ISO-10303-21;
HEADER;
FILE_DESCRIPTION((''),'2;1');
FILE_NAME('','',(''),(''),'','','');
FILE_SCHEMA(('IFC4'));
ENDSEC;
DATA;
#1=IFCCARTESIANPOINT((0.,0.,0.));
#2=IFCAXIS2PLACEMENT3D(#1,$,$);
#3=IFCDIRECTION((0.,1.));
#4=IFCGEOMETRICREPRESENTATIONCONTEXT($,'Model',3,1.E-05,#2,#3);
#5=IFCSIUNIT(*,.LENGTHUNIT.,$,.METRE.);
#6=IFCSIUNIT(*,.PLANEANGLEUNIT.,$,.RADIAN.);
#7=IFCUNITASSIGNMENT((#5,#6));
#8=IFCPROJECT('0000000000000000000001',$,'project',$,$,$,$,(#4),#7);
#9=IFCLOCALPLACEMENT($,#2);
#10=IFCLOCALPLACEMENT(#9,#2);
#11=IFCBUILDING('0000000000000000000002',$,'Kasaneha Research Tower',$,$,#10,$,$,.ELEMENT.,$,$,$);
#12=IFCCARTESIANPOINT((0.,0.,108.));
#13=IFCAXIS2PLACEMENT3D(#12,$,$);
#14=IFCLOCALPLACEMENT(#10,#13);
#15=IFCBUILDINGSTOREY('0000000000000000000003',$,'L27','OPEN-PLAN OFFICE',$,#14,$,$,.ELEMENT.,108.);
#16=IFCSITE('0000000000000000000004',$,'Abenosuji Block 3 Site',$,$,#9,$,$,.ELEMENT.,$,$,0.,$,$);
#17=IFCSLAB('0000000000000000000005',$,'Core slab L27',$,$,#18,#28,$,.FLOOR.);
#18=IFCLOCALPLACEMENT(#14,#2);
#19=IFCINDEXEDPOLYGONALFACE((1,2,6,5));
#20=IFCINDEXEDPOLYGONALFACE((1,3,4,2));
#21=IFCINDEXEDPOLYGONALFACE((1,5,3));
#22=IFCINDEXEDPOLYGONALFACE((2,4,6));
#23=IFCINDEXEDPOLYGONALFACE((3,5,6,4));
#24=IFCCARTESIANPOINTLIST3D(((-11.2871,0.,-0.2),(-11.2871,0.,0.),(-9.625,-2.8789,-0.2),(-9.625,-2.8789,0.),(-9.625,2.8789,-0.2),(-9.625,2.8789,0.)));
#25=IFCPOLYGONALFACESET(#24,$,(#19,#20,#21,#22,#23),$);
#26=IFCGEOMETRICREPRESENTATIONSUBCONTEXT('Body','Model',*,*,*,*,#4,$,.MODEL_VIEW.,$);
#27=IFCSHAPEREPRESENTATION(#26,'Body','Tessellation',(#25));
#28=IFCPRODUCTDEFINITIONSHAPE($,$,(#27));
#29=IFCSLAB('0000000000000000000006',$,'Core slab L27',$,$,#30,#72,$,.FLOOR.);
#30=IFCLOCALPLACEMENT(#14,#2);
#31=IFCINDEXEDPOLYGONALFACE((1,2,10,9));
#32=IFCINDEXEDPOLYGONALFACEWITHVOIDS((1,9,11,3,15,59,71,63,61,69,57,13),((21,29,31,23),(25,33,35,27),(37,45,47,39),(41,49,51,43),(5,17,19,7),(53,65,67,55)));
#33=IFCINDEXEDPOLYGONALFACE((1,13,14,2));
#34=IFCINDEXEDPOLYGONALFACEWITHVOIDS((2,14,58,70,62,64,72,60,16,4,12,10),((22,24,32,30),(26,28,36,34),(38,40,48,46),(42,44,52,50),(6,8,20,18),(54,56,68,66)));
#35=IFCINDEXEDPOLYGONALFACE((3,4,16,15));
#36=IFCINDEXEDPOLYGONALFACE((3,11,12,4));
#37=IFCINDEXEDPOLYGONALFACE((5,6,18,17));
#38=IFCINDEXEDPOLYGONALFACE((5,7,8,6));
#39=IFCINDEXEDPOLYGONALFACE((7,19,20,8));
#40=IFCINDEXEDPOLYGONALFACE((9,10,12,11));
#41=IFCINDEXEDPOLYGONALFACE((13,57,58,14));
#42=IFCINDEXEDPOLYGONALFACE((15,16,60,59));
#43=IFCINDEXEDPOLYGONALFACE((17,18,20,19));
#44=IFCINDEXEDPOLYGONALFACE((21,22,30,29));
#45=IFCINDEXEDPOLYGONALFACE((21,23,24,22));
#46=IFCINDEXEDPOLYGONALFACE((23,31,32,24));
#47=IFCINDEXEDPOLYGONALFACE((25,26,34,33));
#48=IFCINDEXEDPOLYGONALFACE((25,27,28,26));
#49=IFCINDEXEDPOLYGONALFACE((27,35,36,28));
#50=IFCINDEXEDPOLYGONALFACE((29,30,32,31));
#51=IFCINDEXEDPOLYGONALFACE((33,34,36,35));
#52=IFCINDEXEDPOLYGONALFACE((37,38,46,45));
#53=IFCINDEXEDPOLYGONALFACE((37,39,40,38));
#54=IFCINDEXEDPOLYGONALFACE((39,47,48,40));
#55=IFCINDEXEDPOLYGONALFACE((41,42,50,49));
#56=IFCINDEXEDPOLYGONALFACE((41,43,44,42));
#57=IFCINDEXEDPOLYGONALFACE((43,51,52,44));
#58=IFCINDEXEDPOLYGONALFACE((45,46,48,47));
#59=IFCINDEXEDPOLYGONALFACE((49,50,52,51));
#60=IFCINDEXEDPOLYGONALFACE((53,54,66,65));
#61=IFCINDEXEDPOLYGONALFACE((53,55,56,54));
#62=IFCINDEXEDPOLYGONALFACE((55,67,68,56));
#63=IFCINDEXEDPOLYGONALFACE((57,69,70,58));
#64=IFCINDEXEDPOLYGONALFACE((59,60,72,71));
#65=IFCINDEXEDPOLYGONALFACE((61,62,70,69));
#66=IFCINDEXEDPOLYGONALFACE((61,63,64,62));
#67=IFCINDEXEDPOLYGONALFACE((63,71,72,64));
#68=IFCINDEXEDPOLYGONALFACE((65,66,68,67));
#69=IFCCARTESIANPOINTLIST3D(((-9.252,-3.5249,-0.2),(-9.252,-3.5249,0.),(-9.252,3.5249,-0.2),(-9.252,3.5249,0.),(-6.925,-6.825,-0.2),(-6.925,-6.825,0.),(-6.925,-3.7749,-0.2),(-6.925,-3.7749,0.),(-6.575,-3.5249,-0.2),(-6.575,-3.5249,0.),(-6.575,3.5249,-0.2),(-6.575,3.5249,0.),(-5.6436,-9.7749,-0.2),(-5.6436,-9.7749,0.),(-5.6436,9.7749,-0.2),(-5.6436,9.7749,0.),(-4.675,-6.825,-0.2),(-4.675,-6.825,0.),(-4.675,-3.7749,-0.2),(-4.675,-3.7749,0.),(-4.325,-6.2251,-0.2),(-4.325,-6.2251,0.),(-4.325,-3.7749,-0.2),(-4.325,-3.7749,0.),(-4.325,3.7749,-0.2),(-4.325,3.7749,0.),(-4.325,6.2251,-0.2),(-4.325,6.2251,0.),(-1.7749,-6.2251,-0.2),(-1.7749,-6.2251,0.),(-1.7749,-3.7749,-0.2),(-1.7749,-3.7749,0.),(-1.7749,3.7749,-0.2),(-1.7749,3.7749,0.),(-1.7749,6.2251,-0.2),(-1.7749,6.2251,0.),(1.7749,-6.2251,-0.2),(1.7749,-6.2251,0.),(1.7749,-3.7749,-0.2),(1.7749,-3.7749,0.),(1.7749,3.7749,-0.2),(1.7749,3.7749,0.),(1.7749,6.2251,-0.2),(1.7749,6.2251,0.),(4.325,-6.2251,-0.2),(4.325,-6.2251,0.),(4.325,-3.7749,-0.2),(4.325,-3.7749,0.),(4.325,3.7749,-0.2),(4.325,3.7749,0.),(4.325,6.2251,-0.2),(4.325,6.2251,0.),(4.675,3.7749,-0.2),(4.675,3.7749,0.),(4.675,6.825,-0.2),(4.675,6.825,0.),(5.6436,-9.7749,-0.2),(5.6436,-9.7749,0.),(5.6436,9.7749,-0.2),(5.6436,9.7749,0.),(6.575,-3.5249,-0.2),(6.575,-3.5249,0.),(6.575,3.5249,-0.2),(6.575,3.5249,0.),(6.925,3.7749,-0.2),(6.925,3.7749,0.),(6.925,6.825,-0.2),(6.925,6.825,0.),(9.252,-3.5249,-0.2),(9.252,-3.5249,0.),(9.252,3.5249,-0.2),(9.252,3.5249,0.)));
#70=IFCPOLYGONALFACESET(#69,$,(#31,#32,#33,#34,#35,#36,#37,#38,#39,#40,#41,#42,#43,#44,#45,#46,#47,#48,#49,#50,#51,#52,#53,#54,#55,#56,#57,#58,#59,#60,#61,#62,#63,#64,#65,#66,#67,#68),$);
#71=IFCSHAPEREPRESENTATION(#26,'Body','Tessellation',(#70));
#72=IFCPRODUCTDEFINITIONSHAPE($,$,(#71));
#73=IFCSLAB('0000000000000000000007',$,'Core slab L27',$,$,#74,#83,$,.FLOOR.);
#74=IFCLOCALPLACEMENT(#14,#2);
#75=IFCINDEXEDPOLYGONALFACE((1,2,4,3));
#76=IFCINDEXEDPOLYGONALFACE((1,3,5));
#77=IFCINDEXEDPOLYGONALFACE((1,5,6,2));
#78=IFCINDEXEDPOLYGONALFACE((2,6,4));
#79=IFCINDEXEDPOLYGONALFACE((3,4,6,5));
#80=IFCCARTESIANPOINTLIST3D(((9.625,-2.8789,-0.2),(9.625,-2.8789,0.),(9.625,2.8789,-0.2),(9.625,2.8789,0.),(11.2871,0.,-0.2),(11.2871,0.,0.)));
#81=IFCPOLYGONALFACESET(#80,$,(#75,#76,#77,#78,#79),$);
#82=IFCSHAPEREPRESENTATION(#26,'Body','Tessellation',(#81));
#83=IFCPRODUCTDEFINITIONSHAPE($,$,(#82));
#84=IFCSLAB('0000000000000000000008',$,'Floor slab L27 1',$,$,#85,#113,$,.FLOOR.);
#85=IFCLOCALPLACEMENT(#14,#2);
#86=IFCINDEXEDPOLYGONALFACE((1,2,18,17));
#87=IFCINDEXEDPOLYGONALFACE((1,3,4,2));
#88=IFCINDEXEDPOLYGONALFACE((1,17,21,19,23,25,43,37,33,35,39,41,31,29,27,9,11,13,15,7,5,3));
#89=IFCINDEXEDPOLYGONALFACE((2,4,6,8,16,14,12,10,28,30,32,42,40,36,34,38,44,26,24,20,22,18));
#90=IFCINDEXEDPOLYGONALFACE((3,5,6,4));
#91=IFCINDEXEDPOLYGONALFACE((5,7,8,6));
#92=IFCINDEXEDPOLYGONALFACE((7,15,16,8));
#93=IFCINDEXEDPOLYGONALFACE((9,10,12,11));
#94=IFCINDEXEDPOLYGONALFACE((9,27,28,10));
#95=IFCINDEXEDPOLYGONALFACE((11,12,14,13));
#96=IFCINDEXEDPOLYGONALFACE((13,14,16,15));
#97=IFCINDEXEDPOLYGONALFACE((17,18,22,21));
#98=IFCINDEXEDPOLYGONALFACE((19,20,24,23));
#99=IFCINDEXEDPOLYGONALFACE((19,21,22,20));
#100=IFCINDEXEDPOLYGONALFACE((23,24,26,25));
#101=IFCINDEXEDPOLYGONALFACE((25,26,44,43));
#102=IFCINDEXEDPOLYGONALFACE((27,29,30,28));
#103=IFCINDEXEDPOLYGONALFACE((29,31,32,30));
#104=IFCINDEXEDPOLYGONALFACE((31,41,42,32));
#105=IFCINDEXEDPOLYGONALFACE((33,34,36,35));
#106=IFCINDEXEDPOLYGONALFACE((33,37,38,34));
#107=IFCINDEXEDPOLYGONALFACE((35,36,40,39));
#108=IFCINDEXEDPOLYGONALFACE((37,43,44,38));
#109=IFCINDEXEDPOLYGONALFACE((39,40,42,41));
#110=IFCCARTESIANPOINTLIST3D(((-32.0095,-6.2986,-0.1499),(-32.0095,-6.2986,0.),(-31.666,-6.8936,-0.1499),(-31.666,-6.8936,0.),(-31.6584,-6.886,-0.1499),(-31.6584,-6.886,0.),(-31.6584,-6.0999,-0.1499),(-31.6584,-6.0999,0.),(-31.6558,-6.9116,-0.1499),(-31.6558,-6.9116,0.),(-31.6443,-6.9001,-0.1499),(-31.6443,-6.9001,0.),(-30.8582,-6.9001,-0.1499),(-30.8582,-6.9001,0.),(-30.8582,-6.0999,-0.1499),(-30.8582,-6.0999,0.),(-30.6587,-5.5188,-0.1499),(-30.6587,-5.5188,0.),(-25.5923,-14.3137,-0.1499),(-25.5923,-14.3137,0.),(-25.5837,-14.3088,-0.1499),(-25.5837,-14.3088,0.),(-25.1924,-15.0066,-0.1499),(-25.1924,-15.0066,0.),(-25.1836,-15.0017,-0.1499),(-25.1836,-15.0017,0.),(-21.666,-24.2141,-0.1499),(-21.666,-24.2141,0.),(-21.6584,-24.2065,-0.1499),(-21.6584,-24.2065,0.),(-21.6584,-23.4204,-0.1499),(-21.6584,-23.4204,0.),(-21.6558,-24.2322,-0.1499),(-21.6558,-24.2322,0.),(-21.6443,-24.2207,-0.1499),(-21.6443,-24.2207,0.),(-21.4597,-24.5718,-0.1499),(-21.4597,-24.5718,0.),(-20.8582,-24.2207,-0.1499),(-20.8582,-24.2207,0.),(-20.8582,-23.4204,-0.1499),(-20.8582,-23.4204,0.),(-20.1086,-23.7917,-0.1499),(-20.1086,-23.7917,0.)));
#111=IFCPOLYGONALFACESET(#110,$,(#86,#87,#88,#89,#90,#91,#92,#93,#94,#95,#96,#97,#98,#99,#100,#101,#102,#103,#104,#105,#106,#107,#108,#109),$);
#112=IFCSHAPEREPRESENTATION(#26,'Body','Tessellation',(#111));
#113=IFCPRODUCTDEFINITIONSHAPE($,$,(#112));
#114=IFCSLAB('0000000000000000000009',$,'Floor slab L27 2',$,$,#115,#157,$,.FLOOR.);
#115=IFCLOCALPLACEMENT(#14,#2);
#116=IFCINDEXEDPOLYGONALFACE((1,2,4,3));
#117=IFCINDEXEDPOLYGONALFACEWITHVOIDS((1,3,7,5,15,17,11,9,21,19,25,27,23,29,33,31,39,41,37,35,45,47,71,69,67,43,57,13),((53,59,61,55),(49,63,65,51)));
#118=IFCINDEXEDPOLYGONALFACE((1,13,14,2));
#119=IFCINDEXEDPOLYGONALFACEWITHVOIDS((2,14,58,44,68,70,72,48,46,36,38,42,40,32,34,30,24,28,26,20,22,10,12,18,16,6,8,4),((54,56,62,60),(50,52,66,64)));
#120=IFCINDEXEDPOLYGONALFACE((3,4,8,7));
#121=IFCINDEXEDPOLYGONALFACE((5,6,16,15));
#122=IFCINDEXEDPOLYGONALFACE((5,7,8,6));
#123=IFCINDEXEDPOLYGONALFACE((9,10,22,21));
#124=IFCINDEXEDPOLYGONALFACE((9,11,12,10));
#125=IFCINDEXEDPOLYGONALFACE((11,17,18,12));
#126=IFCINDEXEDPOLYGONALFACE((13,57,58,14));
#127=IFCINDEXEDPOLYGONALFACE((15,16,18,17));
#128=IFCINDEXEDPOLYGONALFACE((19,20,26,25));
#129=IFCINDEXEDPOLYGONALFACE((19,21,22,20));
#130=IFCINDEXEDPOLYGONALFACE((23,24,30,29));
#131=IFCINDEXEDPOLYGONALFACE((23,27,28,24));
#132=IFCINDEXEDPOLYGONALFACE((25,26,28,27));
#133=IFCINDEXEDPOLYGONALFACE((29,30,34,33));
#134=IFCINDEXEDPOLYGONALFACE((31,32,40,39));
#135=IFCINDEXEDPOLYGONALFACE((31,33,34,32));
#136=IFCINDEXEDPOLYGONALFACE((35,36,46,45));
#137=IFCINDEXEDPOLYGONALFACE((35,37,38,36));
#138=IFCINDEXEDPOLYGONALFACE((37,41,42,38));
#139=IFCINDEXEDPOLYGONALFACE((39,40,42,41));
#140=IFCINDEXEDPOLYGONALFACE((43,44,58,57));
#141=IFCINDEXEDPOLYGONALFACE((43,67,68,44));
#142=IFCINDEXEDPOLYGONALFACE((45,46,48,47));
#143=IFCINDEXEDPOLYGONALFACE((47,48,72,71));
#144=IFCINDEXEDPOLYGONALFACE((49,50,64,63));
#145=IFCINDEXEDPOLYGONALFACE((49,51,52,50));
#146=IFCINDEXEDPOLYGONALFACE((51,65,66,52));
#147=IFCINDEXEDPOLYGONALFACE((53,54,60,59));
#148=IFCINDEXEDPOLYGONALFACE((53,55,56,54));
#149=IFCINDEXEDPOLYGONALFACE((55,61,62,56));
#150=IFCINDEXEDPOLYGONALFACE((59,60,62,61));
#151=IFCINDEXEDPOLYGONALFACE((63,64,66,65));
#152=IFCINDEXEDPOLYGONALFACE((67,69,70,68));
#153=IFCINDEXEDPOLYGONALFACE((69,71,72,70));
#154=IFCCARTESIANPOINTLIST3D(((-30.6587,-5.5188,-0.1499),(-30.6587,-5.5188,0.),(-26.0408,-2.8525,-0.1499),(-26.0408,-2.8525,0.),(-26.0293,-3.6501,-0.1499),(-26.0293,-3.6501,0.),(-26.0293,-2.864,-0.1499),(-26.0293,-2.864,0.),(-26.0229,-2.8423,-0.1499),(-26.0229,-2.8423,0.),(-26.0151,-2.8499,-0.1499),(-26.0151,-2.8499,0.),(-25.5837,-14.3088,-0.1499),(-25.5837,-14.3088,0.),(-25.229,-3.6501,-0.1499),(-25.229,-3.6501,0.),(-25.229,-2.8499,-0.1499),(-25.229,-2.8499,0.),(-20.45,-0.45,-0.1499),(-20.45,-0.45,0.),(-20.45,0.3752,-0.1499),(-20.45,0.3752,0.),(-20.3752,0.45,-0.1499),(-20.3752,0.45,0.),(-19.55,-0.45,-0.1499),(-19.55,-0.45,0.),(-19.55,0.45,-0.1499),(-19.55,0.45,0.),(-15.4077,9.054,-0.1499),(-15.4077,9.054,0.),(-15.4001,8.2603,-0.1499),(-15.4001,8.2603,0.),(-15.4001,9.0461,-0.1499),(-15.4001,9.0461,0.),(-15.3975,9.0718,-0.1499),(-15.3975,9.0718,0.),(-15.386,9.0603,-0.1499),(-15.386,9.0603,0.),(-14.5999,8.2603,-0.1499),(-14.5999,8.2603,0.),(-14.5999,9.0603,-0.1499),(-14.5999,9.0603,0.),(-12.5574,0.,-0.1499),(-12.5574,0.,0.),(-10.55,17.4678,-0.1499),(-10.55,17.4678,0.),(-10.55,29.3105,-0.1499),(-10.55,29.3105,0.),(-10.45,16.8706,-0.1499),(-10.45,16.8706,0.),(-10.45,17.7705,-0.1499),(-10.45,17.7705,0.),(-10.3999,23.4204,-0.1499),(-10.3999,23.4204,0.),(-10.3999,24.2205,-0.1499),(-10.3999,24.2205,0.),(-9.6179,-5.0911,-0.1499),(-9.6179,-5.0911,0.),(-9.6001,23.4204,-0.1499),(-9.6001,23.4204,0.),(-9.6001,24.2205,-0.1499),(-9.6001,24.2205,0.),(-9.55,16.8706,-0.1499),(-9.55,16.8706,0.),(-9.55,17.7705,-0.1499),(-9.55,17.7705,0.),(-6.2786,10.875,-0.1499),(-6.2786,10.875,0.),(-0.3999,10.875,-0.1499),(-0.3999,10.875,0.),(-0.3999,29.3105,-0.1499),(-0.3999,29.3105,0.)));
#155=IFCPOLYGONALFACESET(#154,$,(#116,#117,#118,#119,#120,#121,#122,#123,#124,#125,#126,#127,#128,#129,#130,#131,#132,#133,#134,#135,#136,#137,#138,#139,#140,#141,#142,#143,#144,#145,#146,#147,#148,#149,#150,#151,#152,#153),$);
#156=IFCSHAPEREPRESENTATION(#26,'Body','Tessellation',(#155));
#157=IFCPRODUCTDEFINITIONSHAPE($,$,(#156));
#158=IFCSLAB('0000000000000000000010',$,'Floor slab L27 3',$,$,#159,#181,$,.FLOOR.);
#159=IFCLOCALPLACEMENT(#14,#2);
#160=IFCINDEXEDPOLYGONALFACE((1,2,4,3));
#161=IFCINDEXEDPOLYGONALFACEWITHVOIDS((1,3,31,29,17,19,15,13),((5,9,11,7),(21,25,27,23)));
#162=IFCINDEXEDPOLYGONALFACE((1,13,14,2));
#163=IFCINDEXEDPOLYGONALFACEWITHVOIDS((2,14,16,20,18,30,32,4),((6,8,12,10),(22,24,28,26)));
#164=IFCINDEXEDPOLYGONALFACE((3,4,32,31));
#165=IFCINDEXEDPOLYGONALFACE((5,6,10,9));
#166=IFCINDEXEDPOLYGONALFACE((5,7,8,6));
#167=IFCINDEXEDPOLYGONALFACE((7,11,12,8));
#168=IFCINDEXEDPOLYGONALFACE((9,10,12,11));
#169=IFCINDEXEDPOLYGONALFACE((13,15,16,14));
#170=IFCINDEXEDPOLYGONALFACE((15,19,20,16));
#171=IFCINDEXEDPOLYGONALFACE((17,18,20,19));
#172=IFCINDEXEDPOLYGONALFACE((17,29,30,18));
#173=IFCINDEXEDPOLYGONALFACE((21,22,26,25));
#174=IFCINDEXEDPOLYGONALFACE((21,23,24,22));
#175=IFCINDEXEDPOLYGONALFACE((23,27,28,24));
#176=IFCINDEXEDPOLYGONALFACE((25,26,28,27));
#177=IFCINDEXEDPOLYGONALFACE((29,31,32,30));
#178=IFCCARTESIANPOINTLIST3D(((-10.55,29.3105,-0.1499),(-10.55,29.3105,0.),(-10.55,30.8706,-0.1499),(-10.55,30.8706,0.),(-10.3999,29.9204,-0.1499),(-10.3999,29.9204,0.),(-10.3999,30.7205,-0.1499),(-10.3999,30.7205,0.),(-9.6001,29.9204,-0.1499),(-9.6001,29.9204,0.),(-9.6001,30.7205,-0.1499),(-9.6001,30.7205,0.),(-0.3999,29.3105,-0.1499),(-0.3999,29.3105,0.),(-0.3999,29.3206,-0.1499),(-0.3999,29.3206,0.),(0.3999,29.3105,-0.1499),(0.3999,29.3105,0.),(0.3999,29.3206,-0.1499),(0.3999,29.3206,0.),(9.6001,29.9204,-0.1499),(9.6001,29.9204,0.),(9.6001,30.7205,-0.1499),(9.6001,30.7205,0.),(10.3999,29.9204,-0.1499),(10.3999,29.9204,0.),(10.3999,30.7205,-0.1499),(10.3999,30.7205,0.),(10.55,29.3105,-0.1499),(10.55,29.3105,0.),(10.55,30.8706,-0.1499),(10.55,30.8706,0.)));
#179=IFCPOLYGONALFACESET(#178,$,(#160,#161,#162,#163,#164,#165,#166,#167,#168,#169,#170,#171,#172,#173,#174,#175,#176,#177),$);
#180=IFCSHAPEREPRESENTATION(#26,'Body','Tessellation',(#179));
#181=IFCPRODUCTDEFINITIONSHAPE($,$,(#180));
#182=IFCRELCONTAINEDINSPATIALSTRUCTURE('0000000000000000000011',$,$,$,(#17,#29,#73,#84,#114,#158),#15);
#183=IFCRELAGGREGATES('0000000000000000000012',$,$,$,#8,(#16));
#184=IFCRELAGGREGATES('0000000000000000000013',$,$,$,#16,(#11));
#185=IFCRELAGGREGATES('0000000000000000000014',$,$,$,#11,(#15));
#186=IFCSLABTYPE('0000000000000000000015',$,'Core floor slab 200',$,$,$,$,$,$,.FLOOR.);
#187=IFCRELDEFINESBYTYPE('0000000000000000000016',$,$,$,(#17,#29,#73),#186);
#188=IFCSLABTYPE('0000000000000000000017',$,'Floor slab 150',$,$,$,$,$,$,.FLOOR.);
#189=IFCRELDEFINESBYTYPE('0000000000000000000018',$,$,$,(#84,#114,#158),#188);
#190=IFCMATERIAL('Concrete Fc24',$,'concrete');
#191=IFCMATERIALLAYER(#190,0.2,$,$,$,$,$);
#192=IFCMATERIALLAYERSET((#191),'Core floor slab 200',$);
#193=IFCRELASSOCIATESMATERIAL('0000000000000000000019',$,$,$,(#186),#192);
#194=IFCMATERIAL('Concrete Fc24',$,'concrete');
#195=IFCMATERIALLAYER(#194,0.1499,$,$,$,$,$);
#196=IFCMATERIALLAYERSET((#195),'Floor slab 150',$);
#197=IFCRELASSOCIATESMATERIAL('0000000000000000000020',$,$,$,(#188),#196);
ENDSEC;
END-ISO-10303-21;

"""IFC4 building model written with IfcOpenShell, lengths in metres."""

from ifc_helpers import new_model, si_unit, direction, frame, origin, place, context, subcontext, project, spatial, polyline, outline, extrude, material, layer, layer_set, type_object, element, save


model = new_model("IFC4")

# Units and contexts
model_context = context("Model", 3, precision=1e-05, world=origin(), true_north=direction((0.0, 1.0)))
body_context = subcontext(model_context, "Body", "Model", "MODEL_VIEW")
ifc_project = project(units=[si_unit("LENGTHUNIT", "METRE"), si_unit("PLANEANGLEUNIT", "RADIAN")], contexts=[model_context])

# Site, building, storey
site_placement = place(None, origin())
site = spatial("IfcSite", under=ifc_project, at=site_placement, Name="Abenosuji Block 3 Site", CompositionType="ELEMENT", RefElevation=0.0)
building_placement = place(site_placement, origin())
building = spatial("IfcBuilding", under=site, at=building_placement, Name="Kasaneha Research Tower", CompositionType="ELEMENT")
storey_placement = place(building_placement, frame((0.0, 0.0, 108.0)))
storey = spatial("IfcBuildingStorey", under=building, at=storey_placement, Name="L27", Description="OPEN-PLAN OFFICE", CompositionType="ELEMENT", Elevation=108.0)

# Slabs
ifc_material_1 = material(Name="Concrete Fc24", Category="concrete")
ifc_layer_1 = layer(ifc_material_1, 0.2)
ifc_layer_set_1 = layer_set([ifc_layer_1], Name="Core floor slab 200")
slab_type_1 = type_object("IfcSlabType", Name="Core floor slab 200", PredefinedType="FLOOR", material=ifc_layer_set_1)
slab_1_placement = place(storey_placement, frame((0.0, 0.0, -0.2)))
element("IfcSlab", 1, at=slab_1_placement, inside=storey, type_object=slab_type_1, Name="Core slab L27", PredefinedType="FLOOR", context=body_context, shape_type="SweptSolid", body=[
    extrude(outline(polyline([(-11.2871, 0.0), (-9.625, 2.8789), (-9.625, -2.8789), (-11.2871, 0.0)])), origin(), (0.0, 0.0, 1.0), 0.2),
])
slab_2_placement = place(storey_placement, frame((0.0, 0.0, -0.2)))
element("IfcSlab", 2, at=slab_2_placement, inside=storey, type_object=slab_type_1, Name="Core slab L27", PredefinedType="FLOOR", context=body_context, shape_type="SweptSolid", body=[
    extrude(outline(polyline([(-5.6436, 9.7749), (5.6436, 9.7749), (9.252, 3.5249), (6.575, 3.5249), (6.575, -3.5249), (9.252, -3.5249), (5.6436, -9.7749), (-5.6436, -9.7749), (-9.252, -3.5249), (-6.575, -3.5249), (-6.575, 3.5249), (-9.252, 3.5249), (-5.6436, 9.7749)]), holes=[polyline([(-6.925, -3.7749), (-6.925, -6.825), (-4.675, -6.825), (-4.675, -3.7749), (-6.925, -3.7749)]), polyline([(-4.325, -3.7749), (-4.325, -6.2251), (-1.7749, -6.2251), (-1.7749, -3.7749), (-4.325, -3.7749)]), polyline([(1.7749, -3.7749), (1.7749, -6.2251), (4.325, -6.2251), (4.325, -3.7749), (1.7749, -3.7749)]), polyline([(-4.325, 6.2251), (-4.325, 3.7749), (-1.7749, 3.7749), (-1.7749, 6.2251), (-4.325, 6.2251)]), polyline([(1.7749, 6.2251), (1.7749, 3.7749), (4.325, 3.7749), (4.325, 6.2251), (1.7749, 6.2251)]), polyline([(4.675, 6.825), (4.675, 3.7749), (6.925, 3.7749), (6.925, 6.825), (4.675, 6.825)])]), origin(), (0.0, 0.0, 1.0), 0.2),
])
slab_3_placement = place(storey_placement, frame((0.0, 0.0, -0.2)))
element("IfcSlab", 3, at=slab_3_placement, inside=storey, type_object=slab_type_1, Name="Core slab L27", PredefinedType="FLOOR", context=body_context, shape_type="SweptSolid", body=[
    extrude(outline(polyline([(11.2871, 0.0), (9.625, -2.8789), (9.625, 2.8789), (11.2871, 0.0)])), origin(), (0.0, 0.0, 1.0), 0.2),
])
ifc_material_2 = material(Name="Concrete Fc24", Category="concrete")
ifc_layer_2 = layer(ifc_material_2, 0.1499)
ifc_layer_set_2 = layer_set([ifc_layer_2], Name="Floor slab 150")
slab_type_2 = type_object("IfcSlabType", Name="Floor slab 150", PredefinedType="FLOOR", material=ifc_layer_set_2)
slab_4_placement = place(storey_placement, frame((0.0, 0.0, -0.1499)))
element("IfcSlab", 4, at=slab_4_placement, inside=storey, type_object=slab_type_2, Name="Floor slab L27 1", PredefinedType="FLOOR", context=body_context, shape_type="SweptSolid", body=[
    extrude(outline(polyline([(-25.1924, -15.0066), (-25.1836, -15.0017), (-20.1086, -23.7917), (-21.4597, -24.5718), (-21.6558, -24.2322), (-21.6443, -24.2207), (-20.8582, -24.2207), (-20.8582, -23.4204), (-21.6584, -23.4204), (-21.6584, -24.2065), (-21.666, -24.2141), (-31.6558, -6.9116), (-31.6443, -6.9001), (-30.8582, -6.9001), (-30.8582, -6.0999), (-31.6584, -6.0999), (-31.6584, -6.886), (-31.666, -6.8936), (-32.0095, -6.2986), (-30.6587, -5.5188), (-25.5837, -14.3088), (-25.5923, -14.3137), (-25.1924, -15.0066)])), origin(), (0.0, 0.0, 1.0), 0.1499),
])
slab_5_placement = place(storey_placement, frame((0.0, 0.0, -0.1499)))
element("IfcSlab", 5, at=slab_5_placement, inside=storey, type_object=slab_type_2, Name="Floor slab L27 2", PredefinedType="FLOOR", context=body_context, shape_type="SweptSolid", body=[
    extrude(outline(polyline([(-20.3752, 0.45), (-15.4077, 9.054), (-15.4001, 9.0461), (-15.4001, 8.2603), (-14.5999, 8.2603), (-14.5999, 9.0603), (-15.386, 9.0603), (-15.3975, 9.0718), (-10.55, 17.4678), (-10.55, 29.3105), (-0.3999, 29.3105), (-0.3999, 10.875), (-6.2786, 10.875), (-12.5574, 0.0), (-9.6179, -5.0911), (-25.5837, -14.3088), (-30.6587, -5.5188), (-26.0408, -2.8525), (-26.0293, -2.864), (-26.0293, -3.6501), (-25.229, -3.6501), (-25.229, -2.8499), (-26.0151, -2.8499), (-26.0229, -2.8423), (-20.45, 0.3752), (-20.45, -0.45), (-19.55, -0.45), (-19.55, 0.45), (-20.3752, 0.45)]), holes=[polyline([(-9.55, 17.7705), (-10.45, 17.7705), (-10.45, 16.8706), (-9.55, 16.8706), (-9.55, 17.7705)]), polyline([(-9.6001, 23.4204), (-9.6001, 24.2205), (-10.3999, 24.2205), (-10.3999, 23.4204), (-9.6001, 23.4204)])]), origin(), (0.0, 0.0, 1.0), 0.1499),
])
slab_6_placement = place(storey_placement, frame((0.0, 0.0, -0.1499)))
element("IfcSlab", 6, at=slab_6_placement, inside=storey, type_object=slab_type_2, Name="Floor slab L27 3", PredefinedType="FLOOR", context=body_context, shape_type="SweptSolid", body=[
    extrude(outline(polyline([(10.55, 29.3105), (0.3999, 29.3105), (0.3999, 29.3206), (-0.3999, 29.3206), (-0.3999, 29.3105), (-10.55, 29.3105), (-10.55, 30.8706), (10.55, 30.8706), (10.55, 29.3105)]), holes=[polyline([(-9.6001, 30.7205), (-10.3999, 30.7205), (-10.3999, 29.9204), (-9.6001, 29.9204), (-9.6001, 30.7205)]), polyline([(10.3999, 29.9204), (10.3999, 30.7205), (9.6001, 30.7205), (9.6001, 29.9204), (10.3999, 29.9204)])]), origin(), (0.0, 0.0, 1.0), 0.1499),
])

save(model, "model.ifc")
